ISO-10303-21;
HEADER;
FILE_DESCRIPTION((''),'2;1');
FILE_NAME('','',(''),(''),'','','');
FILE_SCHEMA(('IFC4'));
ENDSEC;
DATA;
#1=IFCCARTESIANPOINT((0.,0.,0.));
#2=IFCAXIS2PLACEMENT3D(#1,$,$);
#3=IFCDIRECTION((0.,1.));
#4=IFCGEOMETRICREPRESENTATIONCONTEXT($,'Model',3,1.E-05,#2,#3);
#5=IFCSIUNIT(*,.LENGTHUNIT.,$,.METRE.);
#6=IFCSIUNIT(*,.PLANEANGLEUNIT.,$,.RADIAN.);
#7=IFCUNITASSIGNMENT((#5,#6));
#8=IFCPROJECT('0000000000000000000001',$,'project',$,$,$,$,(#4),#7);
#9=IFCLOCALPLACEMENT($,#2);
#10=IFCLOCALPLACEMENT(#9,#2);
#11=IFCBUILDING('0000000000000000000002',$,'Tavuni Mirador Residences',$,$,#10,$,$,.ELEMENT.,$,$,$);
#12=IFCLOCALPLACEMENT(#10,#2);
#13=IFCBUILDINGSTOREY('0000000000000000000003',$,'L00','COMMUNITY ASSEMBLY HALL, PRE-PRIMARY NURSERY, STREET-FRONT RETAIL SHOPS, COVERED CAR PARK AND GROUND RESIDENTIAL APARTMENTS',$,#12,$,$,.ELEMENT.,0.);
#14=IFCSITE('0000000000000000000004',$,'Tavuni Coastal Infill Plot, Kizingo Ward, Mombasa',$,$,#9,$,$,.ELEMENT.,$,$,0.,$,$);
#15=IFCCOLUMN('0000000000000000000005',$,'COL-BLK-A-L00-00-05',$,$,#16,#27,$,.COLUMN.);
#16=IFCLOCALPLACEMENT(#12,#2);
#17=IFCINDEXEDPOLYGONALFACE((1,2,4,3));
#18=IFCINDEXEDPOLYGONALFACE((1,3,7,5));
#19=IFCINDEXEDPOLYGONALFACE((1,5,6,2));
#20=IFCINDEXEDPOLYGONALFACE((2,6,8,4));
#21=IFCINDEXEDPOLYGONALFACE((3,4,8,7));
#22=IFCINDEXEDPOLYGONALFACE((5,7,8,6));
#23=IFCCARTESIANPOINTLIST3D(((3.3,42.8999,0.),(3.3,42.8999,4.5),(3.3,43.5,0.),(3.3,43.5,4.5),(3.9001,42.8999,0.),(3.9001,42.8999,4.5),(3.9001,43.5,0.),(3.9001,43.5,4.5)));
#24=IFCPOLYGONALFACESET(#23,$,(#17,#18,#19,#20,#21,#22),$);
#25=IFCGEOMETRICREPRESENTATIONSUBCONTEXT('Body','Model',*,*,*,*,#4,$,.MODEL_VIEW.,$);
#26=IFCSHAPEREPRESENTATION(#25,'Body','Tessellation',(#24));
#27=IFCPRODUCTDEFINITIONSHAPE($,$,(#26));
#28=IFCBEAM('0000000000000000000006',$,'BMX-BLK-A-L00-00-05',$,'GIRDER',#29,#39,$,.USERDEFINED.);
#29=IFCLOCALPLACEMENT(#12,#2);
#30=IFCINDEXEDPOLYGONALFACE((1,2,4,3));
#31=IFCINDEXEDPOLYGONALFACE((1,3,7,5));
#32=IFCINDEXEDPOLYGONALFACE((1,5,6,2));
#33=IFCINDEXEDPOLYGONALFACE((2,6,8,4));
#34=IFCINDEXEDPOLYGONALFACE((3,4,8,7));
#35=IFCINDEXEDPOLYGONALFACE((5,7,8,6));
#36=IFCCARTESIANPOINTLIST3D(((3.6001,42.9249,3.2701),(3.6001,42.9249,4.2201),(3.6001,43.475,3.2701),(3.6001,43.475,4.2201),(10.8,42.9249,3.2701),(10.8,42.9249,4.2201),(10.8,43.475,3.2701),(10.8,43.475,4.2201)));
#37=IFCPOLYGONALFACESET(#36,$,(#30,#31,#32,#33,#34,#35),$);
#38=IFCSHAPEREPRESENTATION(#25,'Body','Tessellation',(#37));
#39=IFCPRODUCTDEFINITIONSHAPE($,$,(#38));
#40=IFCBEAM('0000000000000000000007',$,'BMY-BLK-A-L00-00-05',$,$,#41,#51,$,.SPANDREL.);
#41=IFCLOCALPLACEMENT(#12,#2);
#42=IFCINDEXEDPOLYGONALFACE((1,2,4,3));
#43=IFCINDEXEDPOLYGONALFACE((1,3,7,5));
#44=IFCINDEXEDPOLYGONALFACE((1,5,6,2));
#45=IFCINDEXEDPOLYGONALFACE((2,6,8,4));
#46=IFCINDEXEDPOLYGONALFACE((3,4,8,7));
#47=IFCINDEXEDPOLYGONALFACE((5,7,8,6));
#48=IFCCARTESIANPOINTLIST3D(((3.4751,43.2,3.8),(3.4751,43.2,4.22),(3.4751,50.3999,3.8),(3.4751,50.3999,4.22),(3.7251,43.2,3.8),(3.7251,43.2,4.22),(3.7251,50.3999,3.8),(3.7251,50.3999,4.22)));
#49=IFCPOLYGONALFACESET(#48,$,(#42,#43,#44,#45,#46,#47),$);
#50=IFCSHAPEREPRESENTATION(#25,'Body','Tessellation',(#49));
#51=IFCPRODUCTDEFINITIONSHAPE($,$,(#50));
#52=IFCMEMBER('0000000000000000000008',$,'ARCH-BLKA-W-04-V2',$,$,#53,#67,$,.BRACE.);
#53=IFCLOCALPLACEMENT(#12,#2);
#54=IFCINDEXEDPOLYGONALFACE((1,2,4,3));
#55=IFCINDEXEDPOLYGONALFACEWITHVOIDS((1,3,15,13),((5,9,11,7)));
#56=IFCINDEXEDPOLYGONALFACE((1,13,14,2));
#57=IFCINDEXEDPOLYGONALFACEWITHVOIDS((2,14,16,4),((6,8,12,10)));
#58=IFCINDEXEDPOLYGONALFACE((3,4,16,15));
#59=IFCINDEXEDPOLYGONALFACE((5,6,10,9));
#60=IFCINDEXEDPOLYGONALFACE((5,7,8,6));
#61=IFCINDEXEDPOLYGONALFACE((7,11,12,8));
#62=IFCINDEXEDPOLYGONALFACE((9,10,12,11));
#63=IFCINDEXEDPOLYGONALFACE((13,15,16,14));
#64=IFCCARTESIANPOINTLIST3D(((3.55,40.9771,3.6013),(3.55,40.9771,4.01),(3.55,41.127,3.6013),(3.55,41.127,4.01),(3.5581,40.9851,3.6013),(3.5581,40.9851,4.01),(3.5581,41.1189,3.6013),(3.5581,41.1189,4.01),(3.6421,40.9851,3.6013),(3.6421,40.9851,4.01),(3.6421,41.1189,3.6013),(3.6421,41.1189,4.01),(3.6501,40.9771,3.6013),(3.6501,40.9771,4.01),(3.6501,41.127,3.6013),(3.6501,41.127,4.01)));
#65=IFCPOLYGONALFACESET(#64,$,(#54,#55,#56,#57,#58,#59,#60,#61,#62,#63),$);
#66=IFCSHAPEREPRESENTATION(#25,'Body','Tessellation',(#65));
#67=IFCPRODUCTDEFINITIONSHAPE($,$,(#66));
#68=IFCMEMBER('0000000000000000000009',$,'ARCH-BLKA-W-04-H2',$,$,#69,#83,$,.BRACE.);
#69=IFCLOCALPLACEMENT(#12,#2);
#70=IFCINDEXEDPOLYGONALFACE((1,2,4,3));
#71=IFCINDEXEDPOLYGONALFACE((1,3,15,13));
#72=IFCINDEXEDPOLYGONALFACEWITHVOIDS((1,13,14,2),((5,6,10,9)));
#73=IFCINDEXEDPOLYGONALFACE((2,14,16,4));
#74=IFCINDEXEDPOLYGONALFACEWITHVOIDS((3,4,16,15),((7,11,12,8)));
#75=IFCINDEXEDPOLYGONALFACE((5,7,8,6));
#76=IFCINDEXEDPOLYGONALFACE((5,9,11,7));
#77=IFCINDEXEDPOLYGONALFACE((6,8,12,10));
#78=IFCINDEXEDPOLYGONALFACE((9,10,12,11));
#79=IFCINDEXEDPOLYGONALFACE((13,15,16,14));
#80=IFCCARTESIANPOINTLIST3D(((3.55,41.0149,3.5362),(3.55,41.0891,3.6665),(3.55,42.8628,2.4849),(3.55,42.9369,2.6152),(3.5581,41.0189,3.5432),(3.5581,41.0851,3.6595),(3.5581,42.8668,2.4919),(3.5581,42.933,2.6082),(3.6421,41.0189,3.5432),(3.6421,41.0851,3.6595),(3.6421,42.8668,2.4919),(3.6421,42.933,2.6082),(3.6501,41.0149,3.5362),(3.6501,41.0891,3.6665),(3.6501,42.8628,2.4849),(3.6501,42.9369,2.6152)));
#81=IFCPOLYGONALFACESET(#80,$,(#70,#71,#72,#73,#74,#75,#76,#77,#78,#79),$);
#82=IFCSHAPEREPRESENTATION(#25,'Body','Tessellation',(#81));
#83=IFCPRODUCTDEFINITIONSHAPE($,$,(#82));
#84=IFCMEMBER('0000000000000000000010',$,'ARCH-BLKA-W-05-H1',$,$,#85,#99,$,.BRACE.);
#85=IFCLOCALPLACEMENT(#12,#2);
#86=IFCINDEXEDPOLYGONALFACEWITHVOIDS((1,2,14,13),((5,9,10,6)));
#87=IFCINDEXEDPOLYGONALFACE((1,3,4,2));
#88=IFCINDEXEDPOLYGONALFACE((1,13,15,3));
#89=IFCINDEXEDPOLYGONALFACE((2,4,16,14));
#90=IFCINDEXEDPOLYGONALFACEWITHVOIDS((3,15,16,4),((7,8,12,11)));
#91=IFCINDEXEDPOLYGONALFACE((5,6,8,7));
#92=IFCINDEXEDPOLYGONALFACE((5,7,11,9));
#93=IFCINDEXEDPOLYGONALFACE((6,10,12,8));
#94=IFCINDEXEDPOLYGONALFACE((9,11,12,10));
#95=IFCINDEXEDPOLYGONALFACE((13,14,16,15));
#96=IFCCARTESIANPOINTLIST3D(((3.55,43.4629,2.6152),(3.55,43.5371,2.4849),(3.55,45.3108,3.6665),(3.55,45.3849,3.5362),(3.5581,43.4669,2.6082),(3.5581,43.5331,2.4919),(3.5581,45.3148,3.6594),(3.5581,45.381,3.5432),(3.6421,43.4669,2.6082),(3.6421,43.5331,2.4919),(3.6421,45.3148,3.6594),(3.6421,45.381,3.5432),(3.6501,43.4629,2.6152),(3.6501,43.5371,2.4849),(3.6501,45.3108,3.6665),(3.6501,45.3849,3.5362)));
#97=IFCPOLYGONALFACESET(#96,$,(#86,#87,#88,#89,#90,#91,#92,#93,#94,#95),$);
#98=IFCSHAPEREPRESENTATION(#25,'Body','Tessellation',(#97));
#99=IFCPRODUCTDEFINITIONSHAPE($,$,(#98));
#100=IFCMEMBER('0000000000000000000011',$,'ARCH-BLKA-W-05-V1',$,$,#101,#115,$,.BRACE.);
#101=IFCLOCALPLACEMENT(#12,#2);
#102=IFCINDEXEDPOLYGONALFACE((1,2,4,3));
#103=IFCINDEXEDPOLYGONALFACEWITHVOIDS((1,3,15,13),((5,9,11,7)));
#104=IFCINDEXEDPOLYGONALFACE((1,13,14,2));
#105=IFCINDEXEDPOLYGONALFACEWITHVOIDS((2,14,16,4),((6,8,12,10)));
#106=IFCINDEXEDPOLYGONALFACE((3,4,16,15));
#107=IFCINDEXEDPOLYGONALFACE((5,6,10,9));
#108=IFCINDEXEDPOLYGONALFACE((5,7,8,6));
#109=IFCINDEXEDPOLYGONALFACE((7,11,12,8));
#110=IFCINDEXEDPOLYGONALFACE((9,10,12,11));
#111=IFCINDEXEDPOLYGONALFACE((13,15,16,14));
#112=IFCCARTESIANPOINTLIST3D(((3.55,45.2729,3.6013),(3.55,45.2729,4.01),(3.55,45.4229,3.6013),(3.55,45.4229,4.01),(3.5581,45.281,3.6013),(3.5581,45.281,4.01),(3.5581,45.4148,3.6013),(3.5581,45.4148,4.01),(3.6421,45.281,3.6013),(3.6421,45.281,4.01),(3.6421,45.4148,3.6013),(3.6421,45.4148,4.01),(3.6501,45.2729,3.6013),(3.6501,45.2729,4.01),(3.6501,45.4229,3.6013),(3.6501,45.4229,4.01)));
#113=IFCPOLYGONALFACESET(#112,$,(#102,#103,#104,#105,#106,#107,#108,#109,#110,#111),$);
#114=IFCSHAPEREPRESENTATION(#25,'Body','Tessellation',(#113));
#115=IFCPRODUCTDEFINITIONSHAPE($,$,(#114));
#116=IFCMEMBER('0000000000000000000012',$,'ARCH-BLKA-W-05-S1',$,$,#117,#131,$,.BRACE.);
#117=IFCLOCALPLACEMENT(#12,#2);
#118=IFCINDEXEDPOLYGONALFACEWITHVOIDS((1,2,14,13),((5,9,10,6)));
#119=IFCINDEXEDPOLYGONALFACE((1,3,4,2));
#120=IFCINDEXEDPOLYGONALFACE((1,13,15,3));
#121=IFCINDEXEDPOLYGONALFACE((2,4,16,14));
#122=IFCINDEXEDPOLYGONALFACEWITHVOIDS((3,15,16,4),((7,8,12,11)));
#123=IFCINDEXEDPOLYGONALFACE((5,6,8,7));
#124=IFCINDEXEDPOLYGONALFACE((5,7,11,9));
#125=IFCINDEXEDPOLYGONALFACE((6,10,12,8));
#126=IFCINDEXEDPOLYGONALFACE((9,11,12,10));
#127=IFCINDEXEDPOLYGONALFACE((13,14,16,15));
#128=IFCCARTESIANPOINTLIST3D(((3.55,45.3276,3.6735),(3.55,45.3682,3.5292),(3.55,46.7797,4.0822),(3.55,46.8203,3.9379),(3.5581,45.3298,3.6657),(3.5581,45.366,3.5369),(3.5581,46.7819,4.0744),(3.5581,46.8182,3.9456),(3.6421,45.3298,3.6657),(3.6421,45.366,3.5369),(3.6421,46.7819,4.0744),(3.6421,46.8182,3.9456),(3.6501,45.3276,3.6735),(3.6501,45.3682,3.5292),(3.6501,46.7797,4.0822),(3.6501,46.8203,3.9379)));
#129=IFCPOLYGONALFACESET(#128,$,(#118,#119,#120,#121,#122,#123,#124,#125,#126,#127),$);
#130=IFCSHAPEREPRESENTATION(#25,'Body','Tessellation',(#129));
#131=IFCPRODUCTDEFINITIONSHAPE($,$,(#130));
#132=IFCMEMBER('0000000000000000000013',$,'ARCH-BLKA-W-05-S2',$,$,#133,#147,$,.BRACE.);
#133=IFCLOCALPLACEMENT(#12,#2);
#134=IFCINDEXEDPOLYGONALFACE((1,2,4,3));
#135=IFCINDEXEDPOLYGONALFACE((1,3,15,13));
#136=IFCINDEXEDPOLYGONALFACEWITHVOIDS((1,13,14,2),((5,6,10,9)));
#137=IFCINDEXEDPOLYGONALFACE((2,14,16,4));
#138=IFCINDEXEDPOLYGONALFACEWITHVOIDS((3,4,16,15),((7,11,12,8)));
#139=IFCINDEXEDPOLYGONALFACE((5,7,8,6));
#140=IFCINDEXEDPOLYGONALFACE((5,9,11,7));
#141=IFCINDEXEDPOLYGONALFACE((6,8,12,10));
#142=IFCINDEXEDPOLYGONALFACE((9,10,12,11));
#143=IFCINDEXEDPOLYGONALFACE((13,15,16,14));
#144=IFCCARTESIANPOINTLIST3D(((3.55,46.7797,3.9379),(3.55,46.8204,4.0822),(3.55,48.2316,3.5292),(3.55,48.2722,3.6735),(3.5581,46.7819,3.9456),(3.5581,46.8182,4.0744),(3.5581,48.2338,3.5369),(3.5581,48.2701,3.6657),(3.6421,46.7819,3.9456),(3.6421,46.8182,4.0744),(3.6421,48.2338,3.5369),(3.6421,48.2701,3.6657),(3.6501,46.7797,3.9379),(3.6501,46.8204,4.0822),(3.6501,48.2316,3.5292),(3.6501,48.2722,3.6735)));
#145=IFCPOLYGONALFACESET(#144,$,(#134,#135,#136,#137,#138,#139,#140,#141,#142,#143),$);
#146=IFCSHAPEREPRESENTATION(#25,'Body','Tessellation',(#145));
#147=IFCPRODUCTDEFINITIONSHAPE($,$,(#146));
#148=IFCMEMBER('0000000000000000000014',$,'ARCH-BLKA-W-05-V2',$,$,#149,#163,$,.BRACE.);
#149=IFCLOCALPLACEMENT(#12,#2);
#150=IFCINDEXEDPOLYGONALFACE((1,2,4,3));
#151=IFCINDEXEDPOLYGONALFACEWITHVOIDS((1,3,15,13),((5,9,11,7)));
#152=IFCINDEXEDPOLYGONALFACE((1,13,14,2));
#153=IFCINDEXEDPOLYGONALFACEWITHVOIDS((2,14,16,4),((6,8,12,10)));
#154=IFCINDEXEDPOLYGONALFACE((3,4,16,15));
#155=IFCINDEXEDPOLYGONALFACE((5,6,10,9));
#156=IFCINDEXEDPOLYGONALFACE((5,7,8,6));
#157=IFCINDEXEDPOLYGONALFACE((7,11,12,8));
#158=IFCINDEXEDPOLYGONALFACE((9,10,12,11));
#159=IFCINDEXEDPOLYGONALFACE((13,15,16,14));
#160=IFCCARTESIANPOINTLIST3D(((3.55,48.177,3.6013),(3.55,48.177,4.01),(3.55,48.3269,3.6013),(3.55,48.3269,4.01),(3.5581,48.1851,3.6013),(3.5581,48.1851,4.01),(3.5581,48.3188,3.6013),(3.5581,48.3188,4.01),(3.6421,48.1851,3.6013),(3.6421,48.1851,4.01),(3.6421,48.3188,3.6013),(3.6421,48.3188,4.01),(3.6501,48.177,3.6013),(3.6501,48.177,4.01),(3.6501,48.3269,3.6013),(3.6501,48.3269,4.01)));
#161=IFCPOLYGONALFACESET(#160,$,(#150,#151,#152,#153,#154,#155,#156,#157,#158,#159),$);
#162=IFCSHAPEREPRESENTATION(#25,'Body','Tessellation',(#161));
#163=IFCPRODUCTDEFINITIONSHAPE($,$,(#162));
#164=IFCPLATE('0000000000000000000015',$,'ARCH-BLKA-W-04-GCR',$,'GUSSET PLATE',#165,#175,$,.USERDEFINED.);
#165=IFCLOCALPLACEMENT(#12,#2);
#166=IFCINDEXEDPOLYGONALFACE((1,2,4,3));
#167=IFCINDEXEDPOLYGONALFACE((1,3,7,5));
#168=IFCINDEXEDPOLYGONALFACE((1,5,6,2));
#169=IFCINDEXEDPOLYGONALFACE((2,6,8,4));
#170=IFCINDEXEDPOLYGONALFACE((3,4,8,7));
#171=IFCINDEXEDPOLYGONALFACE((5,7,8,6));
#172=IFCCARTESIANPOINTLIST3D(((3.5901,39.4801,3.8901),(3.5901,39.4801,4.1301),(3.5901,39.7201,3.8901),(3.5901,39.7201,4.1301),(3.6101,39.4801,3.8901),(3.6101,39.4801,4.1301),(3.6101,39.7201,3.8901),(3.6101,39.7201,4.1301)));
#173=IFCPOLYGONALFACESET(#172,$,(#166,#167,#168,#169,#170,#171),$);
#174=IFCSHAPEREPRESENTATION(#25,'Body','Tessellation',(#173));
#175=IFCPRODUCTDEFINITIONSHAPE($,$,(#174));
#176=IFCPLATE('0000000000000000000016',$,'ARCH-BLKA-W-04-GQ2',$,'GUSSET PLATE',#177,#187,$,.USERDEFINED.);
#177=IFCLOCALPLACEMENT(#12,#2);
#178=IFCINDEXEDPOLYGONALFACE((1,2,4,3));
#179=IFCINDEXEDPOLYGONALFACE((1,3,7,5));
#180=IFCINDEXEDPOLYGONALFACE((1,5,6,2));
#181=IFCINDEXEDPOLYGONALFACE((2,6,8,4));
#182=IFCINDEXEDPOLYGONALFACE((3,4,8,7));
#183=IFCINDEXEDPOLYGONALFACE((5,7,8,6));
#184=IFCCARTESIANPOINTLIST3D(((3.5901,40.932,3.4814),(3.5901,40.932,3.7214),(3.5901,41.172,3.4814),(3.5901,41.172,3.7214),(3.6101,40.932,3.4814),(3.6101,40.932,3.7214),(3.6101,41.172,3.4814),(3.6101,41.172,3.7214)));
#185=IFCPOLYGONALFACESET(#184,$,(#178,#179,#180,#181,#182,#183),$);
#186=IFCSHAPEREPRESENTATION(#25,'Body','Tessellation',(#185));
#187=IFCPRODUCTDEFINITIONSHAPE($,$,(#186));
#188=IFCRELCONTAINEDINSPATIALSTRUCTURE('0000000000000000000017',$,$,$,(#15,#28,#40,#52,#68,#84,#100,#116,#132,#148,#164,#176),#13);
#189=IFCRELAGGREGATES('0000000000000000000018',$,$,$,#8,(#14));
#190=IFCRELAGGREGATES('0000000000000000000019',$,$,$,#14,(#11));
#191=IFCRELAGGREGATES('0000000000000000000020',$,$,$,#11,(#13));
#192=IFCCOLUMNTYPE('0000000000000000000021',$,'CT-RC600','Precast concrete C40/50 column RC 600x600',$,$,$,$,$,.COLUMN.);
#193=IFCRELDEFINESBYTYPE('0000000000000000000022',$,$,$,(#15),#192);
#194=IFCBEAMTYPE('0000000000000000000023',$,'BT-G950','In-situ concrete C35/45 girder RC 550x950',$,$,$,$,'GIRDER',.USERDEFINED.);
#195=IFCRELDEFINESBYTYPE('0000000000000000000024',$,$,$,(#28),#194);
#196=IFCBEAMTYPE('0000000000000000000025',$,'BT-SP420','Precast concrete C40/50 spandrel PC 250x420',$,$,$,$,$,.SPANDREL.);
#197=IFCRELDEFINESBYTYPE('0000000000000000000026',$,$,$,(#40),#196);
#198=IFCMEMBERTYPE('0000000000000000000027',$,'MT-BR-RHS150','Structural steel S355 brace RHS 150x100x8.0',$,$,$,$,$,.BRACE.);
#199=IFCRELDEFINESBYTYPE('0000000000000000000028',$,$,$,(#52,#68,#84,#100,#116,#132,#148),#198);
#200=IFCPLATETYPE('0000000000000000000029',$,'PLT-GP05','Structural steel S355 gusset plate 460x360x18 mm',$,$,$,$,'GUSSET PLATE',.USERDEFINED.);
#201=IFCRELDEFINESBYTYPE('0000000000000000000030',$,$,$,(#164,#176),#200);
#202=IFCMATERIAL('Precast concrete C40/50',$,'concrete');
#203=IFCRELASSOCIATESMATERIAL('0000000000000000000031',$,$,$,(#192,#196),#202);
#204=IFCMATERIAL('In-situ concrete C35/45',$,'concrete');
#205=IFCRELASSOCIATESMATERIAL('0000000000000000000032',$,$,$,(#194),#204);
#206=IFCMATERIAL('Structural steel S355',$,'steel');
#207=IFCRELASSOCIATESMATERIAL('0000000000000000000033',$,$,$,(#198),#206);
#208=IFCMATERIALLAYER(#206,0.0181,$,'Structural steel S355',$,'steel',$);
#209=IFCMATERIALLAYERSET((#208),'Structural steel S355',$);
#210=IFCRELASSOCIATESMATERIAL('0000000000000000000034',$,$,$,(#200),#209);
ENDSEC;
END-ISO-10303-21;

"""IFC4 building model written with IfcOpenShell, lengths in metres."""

from ifc_helpers import new_model, si_unit, direction, frame, origin, origin_2d, place, context, subcontext, project, spatial, rectangle, hollow_rectangle, extrude, material, layer, layer_set, material_profile, profile_set, type_object, element, save


model = new_model("IFC4")

# Units and contexts
model_context = context("Model", 3, precision=1e-05, world=origin(), true_north=direction((0.0, 1.0)))
body_context = subcontext(model_context, "Body", "Model", "MODEL_VIEW")
ifc_project = project(units=[si_unit("LENGTHUNIT", "METRE"), si_unit("PLANEANGLEUNIT", "RADIAN")], contexts=[model_context])

# Site, building, storey
site_placement = place(None, origin())
site = spatial("IfcSite", under=ifc_project, at=site_placement, Name="Tavuni Coastal Infill Plot, Kizingo Ward, Mombasa", CompositionType="ELEMENT", RefElevation=0.0)
building_placement = place(site_placement, origin())
building = spatial("IfcBuilding", under=site, at=building_placement, Name="Tavuni Mirador Residences", CompositionType="ELEMENT")
storey_placement = place(building_placement, origin())
storey = spatial("IfcBuildingStorey", under=building, at=storey_placement, Name="L00", Description="COMMUNITY ASSEMBLY HALL, PRE-PRIMARY NURSERY, STREET-FRONT RETAIL SHOPS, COVERED CAR PARK AND GROUND RESIDENTIAL APARTMENTS", CompositionType="ELEMENT", Elevation=0.0)

# Column
ifc_material_1 = material(Name="Precast concrete C40/50", Category="concrete")
ifc_material_profile_1 = material_profile(ifc_material_1, rectangle(XDim=0.6001, YDim=0.6001, at=origin_2d()), Name="RC 600x600", Category="concrete")
ifc_profile_set_1 = profile_set([ifc_material_profile_1], Name="Precast concrete C40/50")
column_type = type_object("IfcColumnType", Name="CT-RC600", Description="Precast concrete C40/50 column RC 600x600", PredefinedType="COLUMN", material=ifc_profile_set_1)
column_placement = place(storey_placement, frame((3.6001, 43.2, 0.0), z_axis=(0.0, 0.0, 1.0), x_axis=(1.0, 0.0, 0.0)))
element("IfcColumn", 1, at=column_placement, inside=storey, type_object=column_type, Name="COL-BLK-A-L00-00-05", PredefinedType="COLUMN", context=body_context, shape_type="SweptSolid", body=[
    extrude(rectangle(XDim=0.6001, YDim=0.6001, at=origin_2d()), origin(), (0.0, 0.0, 1.0), 4.5),
])

# Beams
ifc_material_2 = material(Name="In-situ concrete C35/45", Category="concrete")
ifc_material_profile_2 = material_profile(ifc_material_2, rectangle(XDim=0.55, YDim=0.95, at=origin_2d()), Name="RC 550x950", Category="concrete")
ifc_profile_set_2 = profile_set([ifc_material_profile_2], Name="In-situ concrete C35/45")
beam_type_1 = type_object("IfcBeamType", Name="BT-G950", Description="In-situ concrete C35/45 girder RC 550x950", ElementType="GIRDER", PredefinedType="USERDEFINED", material=ifc_profile_set_2)
beam_1_placement = place(storey_placement, frame((3.6001, 43.2, 3.7451), z_axis=(1.0, 0.0, 0.0), x_axis=(0.0, 1.0, 0.0)))
element("IfcBeam", 2, at=beam_1_placement, inside=storey, type_object=beam_type_1, Name="BMX-BLK-A-L00-00-05", ObjectType="GIRDER", PredefinedType="USERDEFINED", context=body_context, shape_type="SweptSolid", body=[
    extrude(rectangle(XDim=0.55, YDim=0.95, at=origin_2d()), origin(), (0.0, 0.0, 1.0), 7.2),
])
ifc_material_profile_3 = material_profile(ifc_material_1, rectangle(XDim=0.25, YDim=0.4199, at=origin_2d()), Name="PC 250x420", Category="concrete")
ifc_profile_set_3 = profile_set([ifc_material_profile_3], Name="Precast concrete C40/50")
beam_type_2 = type_object("IfcBeamType", Name="BT-SP420", Description="Precast concrete C40/50 spandrel PC 250x420", PredefinedType="SPANDREL", material=ifc_profile_set_3)
beam_2_placement = place(storey_placement, frame((3.6001, 43.2, 4.01), z_axis=(0.0, 1.0, 0.0), x_axis=(-1.0, 0.0, 0.0)))
element("IfcBeam", 3, at=beam_2_placement, inside=storey, type_object=beam_type_2, Name="BMY-BLK-A-L00-00-05", PredefinedType="SPANDREL", context=body_context, shape_type="SweptSolid", body=[
    extrude(rectangle(XDim=0.25, YDim=0.4199, at=origin_2d()), origin(), (0.0, 0.0, 1.0), 7.2),
])

# Members
ifc_material_3 = material(Name="Structural steel S355", Category="steel")
ifc_material_profile_4 = material_profile(ifc_material_3, hollow_rectangle(XDim=0.1001, YDim=0.1499, WallThickness=0.0081, at=origin_2d()), Name="RHS 150x100x8.0", Category="steel")
ifc_profile_set_4 = profile_set([ifc_material_profile_4], Name="Structural steel S355")
member_type = type_object("IfcMemberType", Name="MT-BR-RHS150", Description="Structural steel S355 brace RHS 150x100x8.0", PredefinedType="BRACE", material=ifc_profile_set_4)
member_1_placement = place(storey_placement, frame((3.6001, 41.052, 3.6013), z_axis=(0.0, 0.0, 1.0), x_axis=(1.0, 0.0, 0.0)))
element("IfcMember", 4, at=member_1_placement, inside=storey, type_object=member_type, Name="ARCH-BLKA-W-04-V2", PredefinedType="BRACE", context=body_context, shape_type="SweptSolid", body=[
    extrude(hollow_rectangle(XDim=0.1001, YDim=0.1499, WallThickness=0.0081, at=origin_2d()), origin(), (0.0, 0.0, 1.0), 0.4087),
])
for number, where, z_axis, x_axis, name in (
    (5, (3.6001, 41.052, 3.6013), (0.0, 0.869189, -0.494481), (-1.0, 0.0, 0.0), "ARCH-BLKA-W-04-H2"),
    (6, (3.6001, 43.5, 2.55), (0.0, 0.869189, 0.494481), (-1.0, 0.0, 0.0), "ARCH-BLKA-W-05-H1"),
):
    element("IfcMember", number, at=place(storey_placement, frame(where, z_axis=z_axis, x_axis=x_axis)), inside=storey, type_object=member_type, Name=name, PredefinedType="BRACE", context=body_context, shape_type="SweptSolid", body=[
        extrude(hollow_rectangle(XDim=0.1001, YDim=0.1499, WallThickness=0.0081, at=origin_2d()), origin(), (0.0, 0.0, 1.0), 2.126),
    ])
member_2_placement = place(storey_placement, frame((3.6001, 45.3479, 3.6013), z_axis=(0.0, 0.0, 1.0), x_axis=(1.0, 0.0, 0.0)))
element("IfcMember", 7, at=member_2_placement, inside=storey, type_object=member_type, Name="ARCH-BLKA-W-05-V1", PredefinedType="BRACE", context=body_context, shape_type="SweptSolid", body=[
    extrude(hollow_rectangle(XDim=0.1001, YDim=0.1499, WallThickness=0.0081, at=origin_2d()), origin(), (0.0, 0.0, 1.0), 0.4087),
])
member_3_placement = place(storey_placement, frame((3.6001, 45.3479, 3.6013), z_axis=(0.0, 0.962603, 0.270914), x_axis=(-1.0, 0.0, 0.0)))
element("IfcMember", 8, at=member_3_placement, inside=storey, type_object=member_type, Name="ARCH-BLKA-W-05-S1", PredefinedType="BRACE", context=body_context, shape_type="SweptSolid", body=[
    extrude(hollow_rectangle(XDim=0.1001, YDim=0.1499, WallThickness=0.0081, at=origin_2d()), origin(), (0.0, 0.0, 1.0), 1.5085),
])
member_4_placement = place(storey_placement, frame((3.6001, 46.8, 4.01), z_axis=(0.0, 0.962592, -0.270957), x_axis=(-1.0, 0.0, 0.0)))
element("IfcMember", 9, at=member_4_placement, inside=storey, type_object=member_type, Name="ARCH-BLKA-W-05-S2", PredefinedType="BRACE", context=body_context, shape_type="SweptSolid", body=[
    extrude(hollow_rectangle(XDim=0.1001, YDim=0.1499, WallThickness=0.0081, at=origin_2d()), origin(), (0.0, 0.0, 1.0), 1.5083),
])
member_5_placement = place(storey_placement, frame((3.6001, 48.252, 3.6013), z_axis=(0.0, 0.0, 1.0), x_axis=(1.0, 0.0, 0.0)))
element("IfcMember", 10, at=member_5_placement, inside=storey, type_object=member_type, Name="ARCH-BLKA-W-05-V2", PredefinedType="BRACE", context=body_context, shape_type="SweptSolid", body=[
    extrude(hollow_rectangle(XDim=0.1001, YDim=0.1499, WallThickness=0.0081, at=origin_2d()), origin(), (0.0, 0.0, 1.0), 0.4087),
])

# Plates
ifc_layer_1 = layer(ifc_material_3, 0.0181, Name="Structural steel S355", Category="steel")
ifc_layer_set_1 = layer_set([ifc_layer_1], Name="Structural steel S355")
plate_type = type_object("IfcPlateType", Name="PLT-GP05", Description="Structural steel S355 gusset plate 460x360x18 mm", ElementType="GUSSET PLATE", PredefinedType="USERDEFINED", material=ifc_layer_set_1)
for number, where, z_axis, x_axis, name in (
    (11, (3.6001, 39.6001, 3.8901), (0.0, 0.0, 1.0), (1.0, 0.0, 0.0), "ARCH-BLKA-W-04-GCR"),
    (12, (3.6001, 41.052, 3.4814), (0.0, 0.0, 1.0), (1.0, 0.0, 0.0), "ARCH-BLKA-W-04-GQ2"),
):
    element("IfcPlate", number, at=place(storey_placement, frame(where, z_axis=z_axis, x_axis=x_axis)), inside=storey, type_object=plate_type, Name=name, ObjectType="GUSSET PLATE", PredefinedType="USERDEFINED", context=body_context, shape_type="SweptSolid", body=[
        extrude(rectangle(XDim=0.02, YDim=0.24, at=origin_2d()), origin(), (0.0, 0.0, 1.0), 0.24),
    ])

save(model, "model.ifc")
